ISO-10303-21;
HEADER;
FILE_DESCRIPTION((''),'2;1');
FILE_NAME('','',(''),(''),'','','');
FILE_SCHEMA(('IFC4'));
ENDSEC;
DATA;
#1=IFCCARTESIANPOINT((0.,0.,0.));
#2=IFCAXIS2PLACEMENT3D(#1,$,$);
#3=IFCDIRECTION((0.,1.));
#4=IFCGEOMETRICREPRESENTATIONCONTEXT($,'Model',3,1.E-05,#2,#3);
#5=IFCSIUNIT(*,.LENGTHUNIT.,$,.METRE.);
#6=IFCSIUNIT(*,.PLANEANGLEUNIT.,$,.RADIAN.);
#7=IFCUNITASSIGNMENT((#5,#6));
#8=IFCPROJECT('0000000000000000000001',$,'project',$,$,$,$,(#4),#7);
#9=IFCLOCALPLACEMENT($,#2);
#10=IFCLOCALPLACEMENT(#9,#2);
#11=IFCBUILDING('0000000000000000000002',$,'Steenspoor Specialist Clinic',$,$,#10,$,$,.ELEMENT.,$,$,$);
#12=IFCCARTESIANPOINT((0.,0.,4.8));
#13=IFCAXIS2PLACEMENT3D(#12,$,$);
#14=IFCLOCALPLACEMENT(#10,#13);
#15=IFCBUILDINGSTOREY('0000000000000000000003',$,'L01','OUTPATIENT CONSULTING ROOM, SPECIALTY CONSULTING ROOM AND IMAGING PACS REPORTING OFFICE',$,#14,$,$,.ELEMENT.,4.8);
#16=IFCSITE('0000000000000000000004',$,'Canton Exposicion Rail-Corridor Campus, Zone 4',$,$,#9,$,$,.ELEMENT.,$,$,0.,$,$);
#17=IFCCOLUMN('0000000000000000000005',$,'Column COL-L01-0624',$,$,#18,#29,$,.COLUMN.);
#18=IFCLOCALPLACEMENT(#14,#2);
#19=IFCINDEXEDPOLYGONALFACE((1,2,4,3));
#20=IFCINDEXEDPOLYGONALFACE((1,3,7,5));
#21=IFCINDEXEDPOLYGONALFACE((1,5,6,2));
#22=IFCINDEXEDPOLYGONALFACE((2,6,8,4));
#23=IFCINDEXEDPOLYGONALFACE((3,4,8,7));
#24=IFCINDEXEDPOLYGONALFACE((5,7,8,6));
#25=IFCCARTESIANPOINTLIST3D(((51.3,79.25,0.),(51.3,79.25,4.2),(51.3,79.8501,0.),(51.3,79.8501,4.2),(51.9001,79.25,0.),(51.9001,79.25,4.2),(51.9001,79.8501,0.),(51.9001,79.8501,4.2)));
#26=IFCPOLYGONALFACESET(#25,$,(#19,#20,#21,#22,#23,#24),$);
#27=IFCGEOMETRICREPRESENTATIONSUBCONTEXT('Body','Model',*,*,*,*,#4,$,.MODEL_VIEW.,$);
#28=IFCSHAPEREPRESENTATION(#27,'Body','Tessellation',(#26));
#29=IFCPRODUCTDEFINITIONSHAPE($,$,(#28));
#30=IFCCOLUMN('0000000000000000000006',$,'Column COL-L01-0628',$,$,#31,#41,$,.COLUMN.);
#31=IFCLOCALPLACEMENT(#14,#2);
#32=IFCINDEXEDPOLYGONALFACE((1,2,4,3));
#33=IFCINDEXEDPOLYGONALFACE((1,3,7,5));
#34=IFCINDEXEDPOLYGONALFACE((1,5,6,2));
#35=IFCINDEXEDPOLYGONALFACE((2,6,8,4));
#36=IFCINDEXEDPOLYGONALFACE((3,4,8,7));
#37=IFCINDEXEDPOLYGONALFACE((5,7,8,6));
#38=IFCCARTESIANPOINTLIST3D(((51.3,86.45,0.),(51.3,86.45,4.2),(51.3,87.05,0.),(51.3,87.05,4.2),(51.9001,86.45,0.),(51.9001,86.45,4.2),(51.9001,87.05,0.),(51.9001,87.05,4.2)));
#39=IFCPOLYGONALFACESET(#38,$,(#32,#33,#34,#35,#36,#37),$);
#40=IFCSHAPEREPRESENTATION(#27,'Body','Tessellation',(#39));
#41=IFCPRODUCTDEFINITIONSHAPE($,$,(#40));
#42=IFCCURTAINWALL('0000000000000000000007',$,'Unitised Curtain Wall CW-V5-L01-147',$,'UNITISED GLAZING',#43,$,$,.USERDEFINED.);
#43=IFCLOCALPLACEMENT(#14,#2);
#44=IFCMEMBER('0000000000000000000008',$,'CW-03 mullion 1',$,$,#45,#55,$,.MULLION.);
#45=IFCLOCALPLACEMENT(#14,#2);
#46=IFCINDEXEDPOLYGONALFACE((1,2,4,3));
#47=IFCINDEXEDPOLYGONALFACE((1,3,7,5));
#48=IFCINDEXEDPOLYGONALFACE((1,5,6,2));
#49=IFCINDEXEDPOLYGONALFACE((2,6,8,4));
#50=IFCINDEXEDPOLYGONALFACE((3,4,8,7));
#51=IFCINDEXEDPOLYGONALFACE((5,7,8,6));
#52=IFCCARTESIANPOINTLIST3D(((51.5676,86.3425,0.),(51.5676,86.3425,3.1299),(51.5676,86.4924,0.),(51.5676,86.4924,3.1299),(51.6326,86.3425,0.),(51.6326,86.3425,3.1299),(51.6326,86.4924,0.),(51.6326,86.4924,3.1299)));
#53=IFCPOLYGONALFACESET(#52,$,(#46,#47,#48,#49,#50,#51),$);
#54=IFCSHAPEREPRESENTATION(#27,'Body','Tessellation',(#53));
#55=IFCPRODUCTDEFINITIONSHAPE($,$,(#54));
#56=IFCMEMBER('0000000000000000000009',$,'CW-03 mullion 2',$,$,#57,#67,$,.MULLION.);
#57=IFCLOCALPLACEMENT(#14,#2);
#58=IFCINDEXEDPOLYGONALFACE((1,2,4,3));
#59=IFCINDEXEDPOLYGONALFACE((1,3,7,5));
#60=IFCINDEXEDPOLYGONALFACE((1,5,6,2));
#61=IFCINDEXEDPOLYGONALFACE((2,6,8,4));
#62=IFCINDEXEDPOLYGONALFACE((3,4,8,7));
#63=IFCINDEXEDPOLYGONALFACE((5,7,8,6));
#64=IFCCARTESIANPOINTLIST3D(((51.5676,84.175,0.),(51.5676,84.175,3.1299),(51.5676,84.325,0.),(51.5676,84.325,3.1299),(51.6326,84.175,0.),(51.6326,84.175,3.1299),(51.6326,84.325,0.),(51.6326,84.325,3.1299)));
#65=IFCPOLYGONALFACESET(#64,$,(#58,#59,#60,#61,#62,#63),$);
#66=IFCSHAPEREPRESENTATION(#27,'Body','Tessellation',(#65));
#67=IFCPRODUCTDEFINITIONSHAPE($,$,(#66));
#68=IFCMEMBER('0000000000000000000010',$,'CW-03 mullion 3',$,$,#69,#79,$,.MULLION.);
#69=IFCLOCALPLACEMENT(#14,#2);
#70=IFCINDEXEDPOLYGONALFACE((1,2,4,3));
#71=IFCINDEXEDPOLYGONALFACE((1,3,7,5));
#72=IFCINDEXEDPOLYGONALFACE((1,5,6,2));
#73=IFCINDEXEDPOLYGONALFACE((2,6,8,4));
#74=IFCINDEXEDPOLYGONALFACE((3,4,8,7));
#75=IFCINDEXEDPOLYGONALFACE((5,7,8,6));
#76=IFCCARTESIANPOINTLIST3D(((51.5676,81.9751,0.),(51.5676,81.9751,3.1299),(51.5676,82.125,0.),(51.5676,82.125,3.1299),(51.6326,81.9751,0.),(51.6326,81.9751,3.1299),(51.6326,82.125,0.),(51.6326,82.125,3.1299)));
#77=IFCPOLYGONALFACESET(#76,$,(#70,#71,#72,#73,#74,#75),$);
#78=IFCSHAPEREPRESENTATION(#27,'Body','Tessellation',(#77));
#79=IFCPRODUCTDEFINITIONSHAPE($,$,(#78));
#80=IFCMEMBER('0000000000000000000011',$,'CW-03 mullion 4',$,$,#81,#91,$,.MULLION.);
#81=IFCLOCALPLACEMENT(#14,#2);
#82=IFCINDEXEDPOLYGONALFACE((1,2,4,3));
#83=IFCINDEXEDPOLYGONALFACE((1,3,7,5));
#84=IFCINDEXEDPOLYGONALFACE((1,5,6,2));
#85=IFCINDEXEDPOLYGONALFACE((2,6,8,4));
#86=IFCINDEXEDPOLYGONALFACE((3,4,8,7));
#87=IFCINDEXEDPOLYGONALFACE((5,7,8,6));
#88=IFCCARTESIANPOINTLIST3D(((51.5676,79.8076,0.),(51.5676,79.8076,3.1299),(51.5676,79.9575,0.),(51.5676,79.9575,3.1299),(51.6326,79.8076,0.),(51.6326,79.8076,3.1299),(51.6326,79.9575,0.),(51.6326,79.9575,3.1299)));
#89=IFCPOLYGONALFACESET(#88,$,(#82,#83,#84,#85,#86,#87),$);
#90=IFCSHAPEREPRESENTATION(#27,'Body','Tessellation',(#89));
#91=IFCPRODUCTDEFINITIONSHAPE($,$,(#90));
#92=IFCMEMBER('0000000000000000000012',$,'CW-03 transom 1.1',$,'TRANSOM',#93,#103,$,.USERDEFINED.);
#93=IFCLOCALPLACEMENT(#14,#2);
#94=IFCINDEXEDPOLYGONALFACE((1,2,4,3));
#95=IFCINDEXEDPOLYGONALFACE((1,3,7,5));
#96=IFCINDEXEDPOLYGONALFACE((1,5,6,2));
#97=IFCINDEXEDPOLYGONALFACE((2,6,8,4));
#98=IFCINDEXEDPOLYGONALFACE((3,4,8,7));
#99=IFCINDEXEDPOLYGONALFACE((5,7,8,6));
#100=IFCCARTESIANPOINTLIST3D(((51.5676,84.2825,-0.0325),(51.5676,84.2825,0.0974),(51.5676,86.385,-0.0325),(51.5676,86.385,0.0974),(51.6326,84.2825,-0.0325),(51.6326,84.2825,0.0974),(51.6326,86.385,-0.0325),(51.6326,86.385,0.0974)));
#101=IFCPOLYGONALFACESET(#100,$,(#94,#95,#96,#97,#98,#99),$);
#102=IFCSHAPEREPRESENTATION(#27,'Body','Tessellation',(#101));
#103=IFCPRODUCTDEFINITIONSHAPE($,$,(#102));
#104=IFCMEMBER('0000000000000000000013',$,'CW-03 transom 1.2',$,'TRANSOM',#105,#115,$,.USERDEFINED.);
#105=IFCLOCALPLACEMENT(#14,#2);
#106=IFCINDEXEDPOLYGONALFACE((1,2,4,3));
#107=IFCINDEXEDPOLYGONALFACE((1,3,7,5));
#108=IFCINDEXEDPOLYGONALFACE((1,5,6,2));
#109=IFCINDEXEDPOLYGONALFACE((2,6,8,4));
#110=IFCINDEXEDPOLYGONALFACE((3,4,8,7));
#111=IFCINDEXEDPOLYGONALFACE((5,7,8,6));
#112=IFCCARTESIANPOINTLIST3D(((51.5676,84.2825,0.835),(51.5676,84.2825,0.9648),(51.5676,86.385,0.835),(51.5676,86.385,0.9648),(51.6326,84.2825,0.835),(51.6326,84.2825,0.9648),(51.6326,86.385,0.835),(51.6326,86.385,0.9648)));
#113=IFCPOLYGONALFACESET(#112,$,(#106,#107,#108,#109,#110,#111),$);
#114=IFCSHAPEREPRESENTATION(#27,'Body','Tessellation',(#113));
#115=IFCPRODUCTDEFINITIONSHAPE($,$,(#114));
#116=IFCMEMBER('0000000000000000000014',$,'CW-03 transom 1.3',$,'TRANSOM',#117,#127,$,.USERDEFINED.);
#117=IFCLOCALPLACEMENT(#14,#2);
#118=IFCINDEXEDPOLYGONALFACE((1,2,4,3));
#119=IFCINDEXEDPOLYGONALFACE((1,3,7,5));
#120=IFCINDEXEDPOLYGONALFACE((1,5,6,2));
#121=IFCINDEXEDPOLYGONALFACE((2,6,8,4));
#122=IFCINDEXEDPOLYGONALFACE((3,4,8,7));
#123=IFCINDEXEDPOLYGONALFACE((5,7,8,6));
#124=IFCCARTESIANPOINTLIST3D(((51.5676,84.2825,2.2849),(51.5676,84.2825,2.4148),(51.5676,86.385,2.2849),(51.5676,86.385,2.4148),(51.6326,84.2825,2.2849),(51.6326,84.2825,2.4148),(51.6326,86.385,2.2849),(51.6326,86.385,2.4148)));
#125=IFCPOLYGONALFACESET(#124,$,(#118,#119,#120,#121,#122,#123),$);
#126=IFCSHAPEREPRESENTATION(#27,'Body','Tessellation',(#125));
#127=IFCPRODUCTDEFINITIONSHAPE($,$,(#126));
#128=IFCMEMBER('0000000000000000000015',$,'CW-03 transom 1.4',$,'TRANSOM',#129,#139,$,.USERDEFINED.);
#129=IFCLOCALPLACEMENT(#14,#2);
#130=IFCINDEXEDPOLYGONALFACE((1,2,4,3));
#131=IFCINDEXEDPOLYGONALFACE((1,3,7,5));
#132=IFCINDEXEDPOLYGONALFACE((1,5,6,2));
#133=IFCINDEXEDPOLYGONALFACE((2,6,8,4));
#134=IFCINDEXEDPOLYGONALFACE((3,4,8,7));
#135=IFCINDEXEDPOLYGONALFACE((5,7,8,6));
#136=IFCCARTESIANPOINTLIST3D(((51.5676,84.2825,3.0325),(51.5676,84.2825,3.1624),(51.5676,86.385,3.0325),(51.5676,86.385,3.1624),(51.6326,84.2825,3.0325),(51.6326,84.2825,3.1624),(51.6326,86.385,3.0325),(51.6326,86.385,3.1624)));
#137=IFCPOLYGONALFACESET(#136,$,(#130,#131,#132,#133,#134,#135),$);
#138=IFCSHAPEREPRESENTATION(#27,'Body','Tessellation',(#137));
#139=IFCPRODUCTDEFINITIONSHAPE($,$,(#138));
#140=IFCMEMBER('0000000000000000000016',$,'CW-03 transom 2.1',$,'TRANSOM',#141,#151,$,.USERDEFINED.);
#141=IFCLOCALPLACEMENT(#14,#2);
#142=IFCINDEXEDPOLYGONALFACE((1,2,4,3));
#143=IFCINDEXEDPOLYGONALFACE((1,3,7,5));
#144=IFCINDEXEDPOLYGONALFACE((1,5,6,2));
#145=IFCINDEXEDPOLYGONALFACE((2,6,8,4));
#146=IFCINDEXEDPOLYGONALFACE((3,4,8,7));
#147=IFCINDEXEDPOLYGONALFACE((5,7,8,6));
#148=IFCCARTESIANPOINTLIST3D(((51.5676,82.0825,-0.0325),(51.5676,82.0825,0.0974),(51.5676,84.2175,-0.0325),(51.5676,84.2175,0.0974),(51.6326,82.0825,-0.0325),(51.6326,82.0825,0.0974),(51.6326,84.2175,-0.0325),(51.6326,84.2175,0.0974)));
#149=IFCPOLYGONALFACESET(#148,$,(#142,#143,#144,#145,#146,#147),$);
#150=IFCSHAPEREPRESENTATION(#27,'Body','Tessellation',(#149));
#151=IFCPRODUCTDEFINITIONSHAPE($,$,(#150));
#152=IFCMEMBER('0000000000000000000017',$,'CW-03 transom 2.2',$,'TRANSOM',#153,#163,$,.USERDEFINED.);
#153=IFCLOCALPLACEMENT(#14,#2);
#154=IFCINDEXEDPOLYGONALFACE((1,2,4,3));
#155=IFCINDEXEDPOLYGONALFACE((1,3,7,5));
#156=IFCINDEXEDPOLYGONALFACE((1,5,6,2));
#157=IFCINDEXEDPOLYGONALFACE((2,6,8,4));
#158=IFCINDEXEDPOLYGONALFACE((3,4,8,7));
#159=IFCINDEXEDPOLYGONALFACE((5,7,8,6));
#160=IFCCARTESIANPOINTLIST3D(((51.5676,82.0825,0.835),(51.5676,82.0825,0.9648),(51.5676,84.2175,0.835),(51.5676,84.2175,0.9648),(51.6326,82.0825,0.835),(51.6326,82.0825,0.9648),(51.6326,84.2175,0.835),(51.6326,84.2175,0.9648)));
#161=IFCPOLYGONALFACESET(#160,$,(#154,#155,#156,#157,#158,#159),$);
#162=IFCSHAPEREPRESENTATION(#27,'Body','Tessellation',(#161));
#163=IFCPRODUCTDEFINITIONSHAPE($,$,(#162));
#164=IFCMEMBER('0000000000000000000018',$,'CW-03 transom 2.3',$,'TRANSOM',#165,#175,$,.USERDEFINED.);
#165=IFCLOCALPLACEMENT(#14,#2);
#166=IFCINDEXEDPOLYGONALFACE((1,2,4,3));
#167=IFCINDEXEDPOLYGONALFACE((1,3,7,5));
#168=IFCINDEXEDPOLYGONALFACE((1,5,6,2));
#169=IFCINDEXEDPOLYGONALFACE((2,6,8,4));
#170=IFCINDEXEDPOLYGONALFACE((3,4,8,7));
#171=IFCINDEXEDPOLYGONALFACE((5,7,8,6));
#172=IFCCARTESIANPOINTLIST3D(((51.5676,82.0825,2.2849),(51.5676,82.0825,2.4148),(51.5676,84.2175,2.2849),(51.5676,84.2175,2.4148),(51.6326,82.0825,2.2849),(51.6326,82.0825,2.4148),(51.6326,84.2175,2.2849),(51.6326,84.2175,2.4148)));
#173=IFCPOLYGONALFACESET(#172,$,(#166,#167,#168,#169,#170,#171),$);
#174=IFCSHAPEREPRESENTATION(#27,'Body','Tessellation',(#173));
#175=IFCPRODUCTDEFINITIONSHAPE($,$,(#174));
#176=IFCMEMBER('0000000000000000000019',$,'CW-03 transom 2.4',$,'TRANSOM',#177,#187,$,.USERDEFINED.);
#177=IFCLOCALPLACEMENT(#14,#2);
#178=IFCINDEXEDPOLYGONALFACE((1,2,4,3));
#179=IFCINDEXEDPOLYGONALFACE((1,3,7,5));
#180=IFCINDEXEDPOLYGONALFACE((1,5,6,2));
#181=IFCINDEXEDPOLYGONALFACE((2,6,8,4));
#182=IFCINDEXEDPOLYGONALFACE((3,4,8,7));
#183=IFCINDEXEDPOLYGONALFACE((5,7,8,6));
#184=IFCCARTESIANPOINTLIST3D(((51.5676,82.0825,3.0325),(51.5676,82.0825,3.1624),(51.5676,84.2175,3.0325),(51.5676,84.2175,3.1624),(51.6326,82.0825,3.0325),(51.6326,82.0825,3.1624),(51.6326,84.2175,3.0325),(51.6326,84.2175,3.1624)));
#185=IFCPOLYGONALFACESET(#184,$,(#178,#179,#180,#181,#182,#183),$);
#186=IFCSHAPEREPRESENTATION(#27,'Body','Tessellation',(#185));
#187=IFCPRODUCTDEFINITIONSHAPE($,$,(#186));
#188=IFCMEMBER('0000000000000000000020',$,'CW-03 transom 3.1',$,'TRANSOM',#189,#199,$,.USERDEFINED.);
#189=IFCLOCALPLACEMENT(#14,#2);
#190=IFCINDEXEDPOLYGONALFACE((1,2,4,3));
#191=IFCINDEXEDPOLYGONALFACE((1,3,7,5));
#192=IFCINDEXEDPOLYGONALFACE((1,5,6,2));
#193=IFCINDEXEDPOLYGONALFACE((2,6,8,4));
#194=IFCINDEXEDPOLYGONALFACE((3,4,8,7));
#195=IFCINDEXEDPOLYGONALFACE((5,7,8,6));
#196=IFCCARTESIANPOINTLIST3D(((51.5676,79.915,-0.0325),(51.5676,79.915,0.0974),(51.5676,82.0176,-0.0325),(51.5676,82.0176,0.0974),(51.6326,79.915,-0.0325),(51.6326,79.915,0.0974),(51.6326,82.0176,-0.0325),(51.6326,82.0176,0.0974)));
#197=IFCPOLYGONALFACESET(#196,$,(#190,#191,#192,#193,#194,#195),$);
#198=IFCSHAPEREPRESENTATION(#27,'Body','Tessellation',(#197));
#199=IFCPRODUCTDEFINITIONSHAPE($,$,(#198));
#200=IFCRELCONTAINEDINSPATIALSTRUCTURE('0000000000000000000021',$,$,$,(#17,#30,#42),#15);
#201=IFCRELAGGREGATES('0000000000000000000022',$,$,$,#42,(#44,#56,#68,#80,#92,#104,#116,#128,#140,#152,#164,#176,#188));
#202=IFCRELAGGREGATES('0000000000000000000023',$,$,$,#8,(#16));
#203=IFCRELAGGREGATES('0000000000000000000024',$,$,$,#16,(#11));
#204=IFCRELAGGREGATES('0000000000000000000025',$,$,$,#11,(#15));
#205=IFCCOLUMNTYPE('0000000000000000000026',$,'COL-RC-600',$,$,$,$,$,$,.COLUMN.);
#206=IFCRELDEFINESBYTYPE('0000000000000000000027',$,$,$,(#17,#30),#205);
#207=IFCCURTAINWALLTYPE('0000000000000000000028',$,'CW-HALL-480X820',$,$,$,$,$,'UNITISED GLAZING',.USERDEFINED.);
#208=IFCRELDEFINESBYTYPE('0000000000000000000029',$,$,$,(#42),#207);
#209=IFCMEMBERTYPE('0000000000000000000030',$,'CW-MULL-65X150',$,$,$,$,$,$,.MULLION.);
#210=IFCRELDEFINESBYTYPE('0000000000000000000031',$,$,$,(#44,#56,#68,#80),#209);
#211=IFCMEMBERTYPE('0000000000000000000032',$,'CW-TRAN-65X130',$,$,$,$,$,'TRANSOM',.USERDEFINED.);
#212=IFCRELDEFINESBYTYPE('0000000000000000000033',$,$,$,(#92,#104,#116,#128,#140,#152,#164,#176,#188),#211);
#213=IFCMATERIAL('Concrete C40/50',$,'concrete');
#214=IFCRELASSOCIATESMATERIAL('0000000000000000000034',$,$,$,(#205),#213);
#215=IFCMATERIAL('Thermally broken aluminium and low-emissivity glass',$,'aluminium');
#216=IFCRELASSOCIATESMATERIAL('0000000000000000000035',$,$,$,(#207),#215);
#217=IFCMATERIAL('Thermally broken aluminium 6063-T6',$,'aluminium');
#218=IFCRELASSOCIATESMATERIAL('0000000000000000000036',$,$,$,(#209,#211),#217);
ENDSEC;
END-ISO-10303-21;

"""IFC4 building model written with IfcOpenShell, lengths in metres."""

from ifc_helpers import new_model, si_unit, direction, frame, origin, origin_2d, place, context, subcontext, project, spatial, rectangle, extrude, material, material_profile, profile_set, type_object, element, aggregate, save


model = new_model("IFC4")

# Units and contexts
model_context = context("Model", 3, precision=1e-05, world=origin(), true_north=direction((0.0, 1.0)))
body_context = subcontext(model_context, "Body", "Model", "MODEL_VIEW")
ifc_project = project(units=[si_unit("LENGTHUNIT", "METRE"), si_unit("PLANEANGLEUNIT", "RADIAN")], contexts=[model_context])

# Site, building, storey
site_placement = place(None, origin())
site = spatial("IfcSite", under=ifc_project, at=site_placement, Name="Canton Exposicion Rail-Corridor Campus, Zone 4", CompositionType="ELEMENT", RefElevation=0.0)
building_placement = place(site_placement, origin())
building = spatial("IfcBuilding", under=site, at=building_placement, Name="Steenspoor Specialist Clinic", CompositionType="ELEMENT")
storey_placement = place(building_placement, frame((0.0, 0.0, 4.8)))
storey = spatial("IfcBuildingStorey", under=building, at=storey_placement, Name="L01", Description="OUTPATIENT CONSULTING ROOM, SPECIALTY CONSULTING ROOM AND IMAGING PACS REPORTING OFFICE", CompositionType="ELEMENT", Elevation=4.8)

# Columns
ifc_material_1 = material(Name="Concrete C40/50", Category="concrete")
ifc_material_profile_1 = material_profile(ifc_material_1, rectangle(XDim=0.6001, YDim=0.6001, at=origin_2d()), Name="RC-COL-600X600")
ifc_profile_set_1 = profile_set([ifc_material_profile_1], Name="Concrete C40/50")
column_type = type_object("IfcColumnType", Name="COL-RC-600", PredefinedType="COLUMN", material=ifc_profile_set_1)
for number, where, z_axis, x_axis, name in (
    (1, (51.6001, 79.55, 0.0), (0.0, 0.0, 1.0), (1.0, 0.0, 0.0), "Column COL-L01-0624"),
    (2, (51.6001, 86.75, 0.0), (0.0, 0.0, 1.0), (1.0, 0.0, 0.0), "Column COL-L01-0628"),
):
    element("IfcColumn", number, at=place(storey_placement, frame(where, z_axis=z_axis, x_axis=x_axis)), inside=storey, type_object=column_type, Name=name, PredefinedType="COLUMN", context=body_context, shape_type="SweptSolid", body=[
        extrude(rectangle(XDim=0.6001, YDim=0.6001, at=origin_2d()), origin(), (0.0, 0.0, 1.0), 4.2),
    ])

# Curtain wall, members
ifc_material_2 = material(Name="Thermally broken aluminium and low-emissivity glass", Category="aluminium")
curtain_wall_type = type_object("IfcCurtainWallType", Name="CW-HALL-480X820", ElementType="UNITISED GLAZING", PredefinedType="USERDEFINED", material=ifc_material_2)
curtain_wall_placement = place(storey_placement, origin())
curtain_wall = element("IfcCurtainWall", 3, at=curtain_wall_placement, inside=storey, type_object=curtain_wall_type, Name="Unitised Curtain Wall CW-V5-L01-147", ObjectType="UNITISED GLAZING", PredefinedType="USERDEFINED")
ifc_material_3 = material(Name="Thermally broken aluminium 6063-T6", Category="aluminium")
ifc_material_profile_2 = material_profile(ifc_material_3, rectangle(XDim=0.0649, YDim=0.1499, at=origin_2d()), Name="CWM-65X150")
ifc_profile_set_2 = profile_set([ifc_material_profile_2], Name="Thermally broken aluminium 6063-T6")
member_type_1 = type_object("IfcMemberType", Name="CW-MULL-65X150", PredefinedType="MULLION", material=ifc_profile_set_2)
member_1_placement = place(storey_placement, frame((51.6001, 86.4175, 0.0), z_axis=(0.0, 0.0, 1.0), x_axis=(1.0, 0.0, 0.0)))
member_1 = element("IfcMember", 4, at=member_1_placement, type_object=member_type_1, Name="CW-03 mullion 1", PredefinedType="MULLION", context=body_context, shape_type="SweptSolid", body=[
    extrude(rectangle(XDim=0.0649, YDim=0.1499, at=origin_2d()), origin(), (0.0, 0.0, 1.0), 3.1299),
])
member_2_placement = place(storey_placement, frame((51.6001, 84.25, 0.0), z_axis=(0.0, 0.0, 1.0), x_axis=(1.0, 0.0, 0.0)))
member_2 = element("IfcMember", 5, at=member_2_placement, type_object=member_type_1, Name="CW-03 mullion 2", PredefinedType="MULLION", context=body_context, shape_type="SweptSolid", body=[
    extrude(rectangle(XDim=0.0649, YDim=0.1499, at=origin_2d()), origin(), (0.0, 0.0, 1.0), 3.1299),
])
member_3_placement = place(storey_placement, frame((51.6001, 82.05, 0.0), z_axis=(0.0, 0.0, 1.0), x_axis=(1.0, 0.0, 0.0)))
member_3 = element("IfcMember", 6, at=member_3_placement, type_object=member_type_1, Name="CW-03 mullion 3", PredefinedType="MULLION", context=body_context, shape_type="SweptSolid", body=[
    extrude(rectangle(XDim=0.0649, YDim=0.1499, at=origin_2d()), origin(), (0.0, 0.0, 1.0), 3.1299),
])
member_4_placement = place(storey_placement, frame((51.6001, 79.8826, 0.0), z_axis=(0.0, 0.0, 1.0), x_axis=(1.0, 0.0, 0.0)))
member_4 = element("IfcMember", 7, at=member_4_placement, type_object=member_type_1, Name="CW-03 mullion 4", PredefinedType="MULLION", context=body_context, shape_type="SweptSolid", body=[
    extrude(rectangle(XDim=0.0649, YDim=0.1499, at=origin_2d()), origin(), (0.0, 0.0, 1.0), 3.1299),
])
ifc_material_profile_3 = material_profile(ifc_material_3, rectangle(XDim=0.0649, YDim=0.1299, at=origin_2d()), Name="CWT-65X130")
ifc_profile_set_3 = profile_set([ifc_material_profile_3], Name="Thermally broken aluminium 6063-T6")
member_type_2 = type_object("IfcMemberType", Name="CW-TRAN-65X130", ElementType="TRANSOM", PredefinedType="USERDEFINED", material=ifc_profile_set_3)
member_5_placement = place(storey_placement, frame((51.6001, 86.385, 0.0325), z_axis=(0.0, -1.0, 0.0), x_axis=(1.0, 0.0, 0.0)))
member_5 = element("IfcMember", 8, at=member_5_placement, type_object=member_type_2, Name="CW-03 transom 1.1", ObjectType="TRANSOM", PredefinedType="USERDEFINED", context=body_context, shape_type="SweptSolid", body=[
    extrude(rectangle(XDim=0.0649, YDim=0.1299, at=origin_2d()), origin(), (0.0, 0.0, 1.0), 2.1025),
])
member_6_placement = place(storey_placement, frame((51.6001, 86.385, 0.8999), z_axis=(0.0, -1.0, 0.0), x_axis=(1.0, 0.0, 0.0)))
member_6 = element("IfcMember", 9, at=member_6_placement, type_object=member_type_2, Name="CW-03 transom 1.2", ObjectType="TRANSOM", PredefinedType="USERDEFINED", context=body_context, shape_type="SweptSolid", body=[
    extrude(rectangle(XDim=0.0649, YDim=0.1299, at=origin_2d()), origin(), (0.0, 0.0, 1.0), 2.1025),
])
member_7_placement = place(storey_placement, frame((51.6001, 86.385, 2.3499), z_axis=(0.0, -1.0, 0.0), x_axis=(1.0, 0.0, 0.0)))
member_7 = element("IfcMember", 10, at=member_7_placement, type_object=member_type_2, Name="CW-03 transom 1.3", ObjectType="TRANSOM", PredefinedType="USERDEFINED", context=body_context, shape_type="SweptSolid", body=[
    extrude(rectangle(XDim=0.0649, YDim=0.1299, at=origin_2d()), origin(), (0.0, 0.0, 1.0), 2.1025),
])
member_8_placement = place(storey_placement, frame((51.6001, 86.385, 3.0974), z_axis=(0.0, -1.0, 0.0), x_axis=(1.0, 0.0, 0.0)))
member_8 = element("IfcMember", 11, at=member_8_placement, type_object=member_type_2, Name="CW-03 transom 1.4", ObjectType="TRANSOM", PredefinedType="USERDEFINED", context=body_context, shape_type="SweptSolid", body=[
    extrude(rectangle(XDim=0.0649, YDim=0.1299, at=origin_2d()), origin(), (0.0, 0.0, 1.0), 2.1025),
])
member_9_placement = place(storey_placement, frame((51.6001, 84.2175, 0.0325), z_axis=(0.0, -1.0, 0.0), x_axis=(1.0, 0.0, 0.0)))
member_9 = element("IfcMember", 12, at=member_9_placement, type_object=member_type_2, Name="CW-03 transom 2.1", ObjectType="TRANSOM", PredefinedType="USERDEFINED", context=body_context, shape_type="SweptSolid", body=[
    extrude(rectangle(XDim=0.0649, YDim=0.1299, at=origin_2d()), origin(), (0.0, 0.0, 1.0), 2.135),
])
member_10_placement = place(storey_placement, frame((51.6001, 84.2175, 0.8999), z_axis=(0.0, -1.0, 0.0), x_axis=(1.0, 0.0, 0.0)))
member_10 = element("IfcMember", 13, at=member_10_placement, type_object=member_type_2, Name="CW-03 transom 2.2", ObjectType="TRANSOM", PredefinedType="USERDEFINED", context=body_context, shape_type="SweptSolid", body=[
    extrude(rectangle(XDim=0.0649, YDim=0.1299, at=origin_2d()), origin(), (0.0, 0.0, 1.0), 2.135),
])
member_11_placement = place(storey_placement, frame((51.6001, 84.2175, 2.3499), z_axis=(0.0, -1.0, 0.0), x_axis=(1.0, 0.0, 0.0)))
member_11 = element("IfcMember", 14, at=member_11_placement, type_object=member_type_2, Name="CW-03 transom 2.3", ObjectType="TRANSOM", PredefinedType="USERDEFINED", context=body_context, shape_type="SweptSolid", body=[
    extrude(rectangle(XDim=0.0649, YDim=0.1299, at=origin_2d()), origin(), (0.0, 0.0, 1.0), 2.135),
])
member_12_placement = place(storey_placement, frame((51.6001, 84.2175, 3.0974), z_axis=(0.0, -1.0, 0.0), x_axis=(1.0, 0.0, 0.0)))
member_12 = element("IfcMember", 15, at=member_12_placement, type_object=member_type_2, Name="CW-03 transom 2.4", ObjectType="TRANSOM", PredefinedType="USERDEFINED", context=body_context, shape_type="SweptSolid", body=[
    extrude(rectangle(XDim=0.0649, YDim=0.1299, at=origin_2d()), origin(), (0.0, 0.0, 1.0), 2.135),
])
member_13_placement = place(storey_placement, frame((51.6001, 82.0176, 0.0325), z_axis=(0.0, -1.0, 0.0), x_axis=(1.0, 0.0, 0.0)))
member_13 = element("IfcMember", 16, at=member_13_placement, type_object=member_type_2, Name="CW-03 transom 3.1", ObjectType="TRANSOM", PredefinedType="USERDEFINED", context=body_context, shape_type="SweptSolid", body=[
    extrude(rectangle(XDim=0.0649, YDim=0.1299, at=origin_2d()), origin(), (0.0, 0.0, 1.0), 2.1025),
])

aggregate(curtain_wall, [member_1, member_2, member_3, member_4, member_5, member_6, member_7, member_8, member_9, member_10, member_11, member_12, member_13])

save(model, "model.ifc")
